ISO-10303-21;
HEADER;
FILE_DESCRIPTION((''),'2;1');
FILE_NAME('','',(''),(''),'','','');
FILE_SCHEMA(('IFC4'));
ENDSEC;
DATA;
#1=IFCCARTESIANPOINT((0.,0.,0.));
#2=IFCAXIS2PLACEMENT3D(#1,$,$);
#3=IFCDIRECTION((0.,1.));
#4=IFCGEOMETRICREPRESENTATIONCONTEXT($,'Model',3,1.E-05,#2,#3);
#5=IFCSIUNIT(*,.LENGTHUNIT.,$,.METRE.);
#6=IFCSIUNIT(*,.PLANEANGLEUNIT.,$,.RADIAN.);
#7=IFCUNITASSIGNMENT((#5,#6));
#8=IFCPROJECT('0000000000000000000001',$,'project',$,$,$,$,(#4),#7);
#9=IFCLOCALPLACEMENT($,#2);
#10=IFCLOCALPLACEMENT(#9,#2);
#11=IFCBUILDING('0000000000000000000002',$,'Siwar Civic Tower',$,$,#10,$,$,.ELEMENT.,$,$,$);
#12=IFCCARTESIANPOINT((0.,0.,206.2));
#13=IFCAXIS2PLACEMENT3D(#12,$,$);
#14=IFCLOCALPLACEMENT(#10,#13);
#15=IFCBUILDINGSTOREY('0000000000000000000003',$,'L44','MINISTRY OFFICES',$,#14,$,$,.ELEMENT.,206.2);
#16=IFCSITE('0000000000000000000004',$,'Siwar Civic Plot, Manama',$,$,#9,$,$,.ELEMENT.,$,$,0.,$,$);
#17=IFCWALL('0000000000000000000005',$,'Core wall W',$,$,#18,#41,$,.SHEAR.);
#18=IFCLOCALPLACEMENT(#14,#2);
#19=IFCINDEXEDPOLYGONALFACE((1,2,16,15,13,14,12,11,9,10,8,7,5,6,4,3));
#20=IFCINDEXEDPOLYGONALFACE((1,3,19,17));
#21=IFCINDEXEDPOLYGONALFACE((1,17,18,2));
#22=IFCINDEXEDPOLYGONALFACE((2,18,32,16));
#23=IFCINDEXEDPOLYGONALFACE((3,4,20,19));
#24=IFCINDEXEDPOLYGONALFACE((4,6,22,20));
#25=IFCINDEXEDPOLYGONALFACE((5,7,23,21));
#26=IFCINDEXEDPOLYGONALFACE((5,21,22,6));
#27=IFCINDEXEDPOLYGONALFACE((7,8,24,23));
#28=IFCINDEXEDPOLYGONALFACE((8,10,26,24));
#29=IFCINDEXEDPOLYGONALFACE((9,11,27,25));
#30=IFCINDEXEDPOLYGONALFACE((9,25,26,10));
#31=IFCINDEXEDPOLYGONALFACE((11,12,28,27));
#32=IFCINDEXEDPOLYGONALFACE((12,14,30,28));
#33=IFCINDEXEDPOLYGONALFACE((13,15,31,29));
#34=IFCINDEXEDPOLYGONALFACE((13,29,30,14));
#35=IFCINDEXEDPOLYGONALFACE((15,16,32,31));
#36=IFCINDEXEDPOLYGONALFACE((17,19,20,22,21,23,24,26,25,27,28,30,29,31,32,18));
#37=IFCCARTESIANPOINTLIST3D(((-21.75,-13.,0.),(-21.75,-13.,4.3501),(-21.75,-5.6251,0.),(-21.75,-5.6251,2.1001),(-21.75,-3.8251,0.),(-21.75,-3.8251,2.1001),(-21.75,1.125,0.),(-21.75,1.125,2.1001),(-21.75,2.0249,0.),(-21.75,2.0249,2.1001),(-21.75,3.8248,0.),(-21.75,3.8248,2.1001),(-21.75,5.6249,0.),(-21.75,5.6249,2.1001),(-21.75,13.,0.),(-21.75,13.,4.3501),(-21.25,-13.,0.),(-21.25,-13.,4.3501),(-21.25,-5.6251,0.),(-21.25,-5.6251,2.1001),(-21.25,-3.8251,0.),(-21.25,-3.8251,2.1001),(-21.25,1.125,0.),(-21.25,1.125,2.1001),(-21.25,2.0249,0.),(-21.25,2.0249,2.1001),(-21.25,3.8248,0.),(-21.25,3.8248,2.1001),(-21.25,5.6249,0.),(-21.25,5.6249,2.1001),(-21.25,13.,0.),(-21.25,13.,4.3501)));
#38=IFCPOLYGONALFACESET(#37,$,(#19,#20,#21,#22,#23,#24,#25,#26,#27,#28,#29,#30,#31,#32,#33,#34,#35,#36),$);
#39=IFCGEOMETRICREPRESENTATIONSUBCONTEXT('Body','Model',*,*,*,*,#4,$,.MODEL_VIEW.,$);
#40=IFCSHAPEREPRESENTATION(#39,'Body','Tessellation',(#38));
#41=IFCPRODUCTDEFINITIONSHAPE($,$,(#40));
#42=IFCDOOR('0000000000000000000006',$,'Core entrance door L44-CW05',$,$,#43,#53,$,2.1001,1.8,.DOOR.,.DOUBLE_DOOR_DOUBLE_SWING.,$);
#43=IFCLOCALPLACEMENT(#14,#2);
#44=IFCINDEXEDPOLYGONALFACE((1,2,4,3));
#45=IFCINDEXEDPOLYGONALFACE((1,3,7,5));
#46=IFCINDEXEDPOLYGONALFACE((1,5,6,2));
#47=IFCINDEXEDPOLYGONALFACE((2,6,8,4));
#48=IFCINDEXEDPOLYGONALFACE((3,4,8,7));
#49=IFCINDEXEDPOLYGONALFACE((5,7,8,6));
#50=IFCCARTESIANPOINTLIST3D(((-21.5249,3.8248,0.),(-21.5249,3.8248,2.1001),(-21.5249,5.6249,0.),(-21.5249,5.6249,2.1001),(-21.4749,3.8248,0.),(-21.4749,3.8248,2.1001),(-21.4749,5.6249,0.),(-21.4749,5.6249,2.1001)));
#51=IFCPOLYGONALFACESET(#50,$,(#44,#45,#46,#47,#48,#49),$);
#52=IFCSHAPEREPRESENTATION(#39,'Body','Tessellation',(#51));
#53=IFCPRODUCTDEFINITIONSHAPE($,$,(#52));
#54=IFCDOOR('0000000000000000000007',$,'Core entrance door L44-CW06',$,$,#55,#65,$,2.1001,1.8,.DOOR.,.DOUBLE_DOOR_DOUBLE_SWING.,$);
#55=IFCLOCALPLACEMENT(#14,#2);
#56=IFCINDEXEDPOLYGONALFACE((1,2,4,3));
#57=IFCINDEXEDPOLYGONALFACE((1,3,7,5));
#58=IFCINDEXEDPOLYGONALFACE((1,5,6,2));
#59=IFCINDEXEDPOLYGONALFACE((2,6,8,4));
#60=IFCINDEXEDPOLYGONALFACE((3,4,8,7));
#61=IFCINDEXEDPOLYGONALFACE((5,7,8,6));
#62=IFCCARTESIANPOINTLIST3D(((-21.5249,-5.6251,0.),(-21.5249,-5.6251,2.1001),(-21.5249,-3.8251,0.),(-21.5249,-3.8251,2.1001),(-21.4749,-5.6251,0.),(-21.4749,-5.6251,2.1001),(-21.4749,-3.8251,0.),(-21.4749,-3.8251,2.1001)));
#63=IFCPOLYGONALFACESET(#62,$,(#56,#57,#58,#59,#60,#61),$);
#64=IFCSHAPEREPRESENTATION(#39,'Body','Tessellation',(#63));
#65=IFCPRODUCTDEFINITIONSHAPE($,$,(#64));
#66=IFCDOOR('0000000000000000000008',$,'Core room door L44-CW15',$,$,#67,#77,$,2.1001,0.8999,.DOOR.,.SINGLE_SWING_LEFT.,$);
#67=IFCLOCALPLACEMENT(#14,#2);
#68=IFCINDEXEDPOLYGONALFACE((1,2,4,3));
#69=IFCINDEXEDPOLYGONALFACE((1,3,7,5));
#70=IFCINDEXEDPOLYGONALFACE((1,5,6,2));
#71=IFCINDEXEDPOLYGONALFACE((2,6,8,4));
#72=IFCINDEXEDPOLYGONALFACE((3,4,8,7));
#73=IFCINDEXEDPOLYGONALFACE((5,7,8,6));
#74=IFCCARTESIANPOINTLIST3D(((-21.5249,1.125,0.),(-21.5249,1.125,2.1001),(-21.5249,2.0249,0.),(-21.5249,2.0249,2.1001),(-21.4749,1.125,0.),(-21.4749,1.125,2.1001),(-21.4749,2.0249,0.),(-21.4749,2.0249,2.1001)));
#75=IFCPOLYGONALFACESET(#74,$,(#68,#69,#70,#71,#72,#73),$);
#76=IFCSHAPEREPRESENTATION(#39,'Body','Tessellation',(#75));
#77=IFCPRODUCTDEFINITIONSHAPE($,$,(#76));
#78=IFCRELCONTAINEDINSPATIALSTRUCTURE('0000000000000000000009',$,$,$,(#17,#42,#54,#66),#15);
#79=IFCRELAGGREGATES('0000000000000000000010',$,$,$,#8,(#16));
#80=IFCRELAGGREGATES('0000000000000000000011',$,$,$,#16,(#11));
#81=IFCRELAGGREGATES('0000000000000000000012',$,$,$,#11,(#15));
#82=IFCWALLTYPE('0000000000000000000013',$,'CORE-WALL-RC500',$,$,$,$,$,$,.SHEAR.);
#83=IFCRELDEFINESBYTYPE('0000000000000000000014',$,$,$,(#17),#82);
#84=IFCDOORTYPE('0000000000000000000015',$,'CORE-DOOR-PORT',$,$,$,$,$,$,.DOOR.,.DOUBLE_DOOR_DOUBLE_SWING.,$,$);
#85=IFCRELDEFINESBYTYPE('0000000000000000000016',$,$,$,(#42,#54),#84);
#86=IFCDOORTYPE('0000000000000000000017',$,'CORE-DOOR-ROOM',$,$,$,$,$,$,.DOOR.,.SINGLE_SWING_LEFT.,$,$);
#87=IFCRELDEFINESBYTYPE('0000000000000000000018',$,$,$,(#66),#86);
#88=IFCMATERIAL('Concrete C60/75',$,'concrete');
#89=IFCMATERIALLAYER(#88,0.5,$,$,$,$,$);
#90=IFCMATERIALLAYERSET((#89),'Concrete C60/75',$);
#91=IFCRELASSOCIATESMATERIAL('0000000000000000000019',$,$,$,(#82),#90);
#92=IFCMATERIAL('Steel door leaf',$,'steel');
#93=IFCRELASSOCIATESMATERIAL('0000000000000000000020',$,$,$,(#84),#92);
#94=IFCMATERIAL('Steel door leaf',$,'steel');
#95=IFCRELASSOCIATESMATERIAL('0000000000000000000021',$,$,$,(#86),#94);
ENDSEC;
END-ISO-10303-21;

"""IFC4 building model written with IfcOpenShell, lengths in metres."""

from ifc_helpers import new_model, si_unit, direction, frame, frame_2d, origin, place, context, subcontext, project, spatial, rectangle, extrude, material, layer, layer_set, type_object, element, fill, save


model = new_model("IFC4")

# Units and contexts
model_context = context("Model", 3, precision=1e-05, world=origin(), true_north=direction((0.0, 1.0)))
body_context = subcontext(model_context, "Body", "Model", "MODEL_VIEW")
ifc_project = project(units=[si_unit("LENGTHUNIT", "METRE"), si_unit("PLANEANGLEUNIT", "RADIAN")], contexts=[model_context])

# Site, building, storey
site_placement = place(None, origin())
site = spatial("IfcSite", under=ifc_project, at=site_placement, Name="Siwar Civic Plot, Manama", CompositionType="ELEMENT", RefElevation=0.0)
building_placement = place(site_placement, origin())
building = spatial("IfcBuilding", under=site, at=building_placement, Name="Siwar Civic Tower", CompositionType="ELEMENT")
storey_placement = place(building_placement, frame((0.0, 0.0, 206.2)))
storey = spatial("IfcBuildingStorey", under=building, at=storey_placement, Name="L44", Description="MINISTRY OFFICES", CompositionType="ELEMENT", Elevation=206.2)

# Wall, openings, doors
ifc_material_1 = material(Name="Concrete C60/75", Category="concrete")
ifc_layer_1 = layer(ifc_material_1, 0.5)
ifc_layer_set_1 = layer_set([ifc_layer_1], Name="Concrete C60/75")
wall_type_1 = type_object("IfcWallType", Name="CORE-WALL-RC500", PredefinedType="SHEAR", material=ifc_layer_set_1)
wall_1_placement = place(storey_placement, frame((-21.5, -13.0, 0.0), z_axis=(0.0, 0.0, 1.0), x_axis=(0.0, 1.0, 0.0)))
wall_1 = element("IfcWall", 1, at=wall_1_placement, inside=storey, type_object=wall_type_1, Name="Core wall W", PredefinedType="SHEAR", context=body_context, shape_type="SweptSolid", body=[
    extrude(rectangle(XDim=26.0, YDim=0.5, at=frame_2d((13.0, 0.0))), origin(), (0.0, 0.0, 1.0), 4.3501),
])
opening_1_placement = place(wall_1_placement, frame((16.825, 0.0, 0.0)))
opening_1 = element("IfcOpeningElement", 2, at=opening_1_placement, cuts=wall_1, PredefinedType="OPENING", context=body_context, shape_type="SweptSolid", body=[
    extrude(rectangle(XDim=1.8, YDim=2.1001, at=frame_2d((0.8999, 1.05))), frame((0.0, 0.26, 0.0), z_axis=(0.0, -1.0, 0.0), x_axis=(1.0, 0.0, 0.0)), (0.0, 0.0, 1.0), 0.52),
])
opening_2_placement = place(wall_1_placement, frame((7.375, 0.0, 0.0)))
opening_2 = element("IfcOpeningElement", 3, at=opening_2_placement, cuts=wall_1, PredefinedType="OPENING", context=body_context, shape_type="SweptSolid", body=[
    extrude(rectangle(XDim=1.8, YDim=2.1001, at=frame_2d((0.8999, 1.05))), frame((0.0, 0.26, 0.0), z_axis=(0.0, -1.0, 0.0), x_axis=(1.0, 0.0, 0.0)), (0.0, 0.0, 1.0), 0.52),
])
opening_3_placement = place(wall_1_placement, frame((14.125, 0.0, 0.0)))
opening_3 = element("IfcOpeningElement", 4, at=opening_3_placement, cuts=wall_1, PredefinedType="OPENING", context=body_context, shape_type="SweptSolid", body=[
    extrude(rectangle(XDim=0.8999, YDim=2.1001, at=frame_2d((0.45, 1.05))), frame((0.0, 0.26, 0.0), z_axis=(0.0, -1.0, 0.0), x_axis=(1.0, 0.0, 0.0)), (0.0, 0.0, 1.0), 0.52),
])
ifc_material_2 = material(Name="Steel door leaf", Category="steel")
door_type_1 = type_object("IfcDoorType", Name="CORE-DOOR-PORT", OperationType="DOUBLE_DOOR_DOUBLE_SWING", PredefinedType="DOOR", material=ifc_material_2)
door_1_placement = place(opening_1_placement, origin())
door_1 = element("IfcDoor", 5, at=door_1_placement, inside=storey, type_object=door_type_1, Name="Core entrance door L44-CW05", OperationType="DOUBLE_DOOR_DOUBLE_SWING", OverallHeight=2.1001, OverallWidth=1.8, PredefinedType="DOOR", context=body_context, shape_type="SweptSolid", body=[
    extrude(rectangle(XDim=1.8, YDim=2.1001, at=frame_2d((0.8999, 1.05))), frame((0.0, 0.0249, 0.0), z_axis=(0.0, -1.0, 0.0), x_axis=(1.0, 0.0, 0.0)), (0.0, 0.0, 1.0), 0.05),
])
fill(opening_1, door_1)
door_2_placement = place(opening_2_placement, origin())
door_2 = element("IfcDoor", 6, at=door_2_placement, inside=storey, type_object=door_type_1, Name="Core entrance door L44-CW06", OperationType="DOUBLE_DOOR_DOUBLE_SWING", OverallHeight=2.1001, OverallWidth=1.8, PredefinedType="DOOR", context=body_context, shape_type="SweptSolid", body=[
    extrude(rectangle(XDim=1.8, YDim=2.1001, at=frame_2d((0.8999, 1.05))), frame((0.0, 0.0249, 0.0), z_axis=(0.0, -1.0, 0.0), x_axis=(1.0, 0.0, 0.0)), (0.0, 0.0, 1.0), 0.05),
])
fill(opening_2, door_2)
ifc_material_3 = material(Name="Steel door leaf", Category="steel")
door_type_2 = type_object("IfcDoorType", Name="CORE-DOOR-ROOM", OperationType="SINGLE_SWING_LEFT", PredefinedType="DOOR", material=ifc_material_3)
door_3_placement = place(opening_3_placement, origin())
door_3 = element("IfcDoor", 7, at=door_3_placement, inside=storey, type_object=door_type_2, Name="Core room door L44-CW15", OperationType="SINGLE_SWING_LEFT", OverallHeight=2.1001, OverallWidth=0.8999, PredefinedType="DOOR", context=body_context, shape_type="SweptSolid", body=[
    extrude(rectangle(XDim=0.8999, YDim=2.1001, at=frame_2d((0.45, 1.05))), frame((0.0, 0.0249, 0.0), z_axis=(0.0, -1.0, 0.0), x_axis=(1.0, 0.0, 0.0)), (0.0, 0.0, 1.0), 0.05),
])
fill(opening_3, door_3)

save(model, "model.ifc")
